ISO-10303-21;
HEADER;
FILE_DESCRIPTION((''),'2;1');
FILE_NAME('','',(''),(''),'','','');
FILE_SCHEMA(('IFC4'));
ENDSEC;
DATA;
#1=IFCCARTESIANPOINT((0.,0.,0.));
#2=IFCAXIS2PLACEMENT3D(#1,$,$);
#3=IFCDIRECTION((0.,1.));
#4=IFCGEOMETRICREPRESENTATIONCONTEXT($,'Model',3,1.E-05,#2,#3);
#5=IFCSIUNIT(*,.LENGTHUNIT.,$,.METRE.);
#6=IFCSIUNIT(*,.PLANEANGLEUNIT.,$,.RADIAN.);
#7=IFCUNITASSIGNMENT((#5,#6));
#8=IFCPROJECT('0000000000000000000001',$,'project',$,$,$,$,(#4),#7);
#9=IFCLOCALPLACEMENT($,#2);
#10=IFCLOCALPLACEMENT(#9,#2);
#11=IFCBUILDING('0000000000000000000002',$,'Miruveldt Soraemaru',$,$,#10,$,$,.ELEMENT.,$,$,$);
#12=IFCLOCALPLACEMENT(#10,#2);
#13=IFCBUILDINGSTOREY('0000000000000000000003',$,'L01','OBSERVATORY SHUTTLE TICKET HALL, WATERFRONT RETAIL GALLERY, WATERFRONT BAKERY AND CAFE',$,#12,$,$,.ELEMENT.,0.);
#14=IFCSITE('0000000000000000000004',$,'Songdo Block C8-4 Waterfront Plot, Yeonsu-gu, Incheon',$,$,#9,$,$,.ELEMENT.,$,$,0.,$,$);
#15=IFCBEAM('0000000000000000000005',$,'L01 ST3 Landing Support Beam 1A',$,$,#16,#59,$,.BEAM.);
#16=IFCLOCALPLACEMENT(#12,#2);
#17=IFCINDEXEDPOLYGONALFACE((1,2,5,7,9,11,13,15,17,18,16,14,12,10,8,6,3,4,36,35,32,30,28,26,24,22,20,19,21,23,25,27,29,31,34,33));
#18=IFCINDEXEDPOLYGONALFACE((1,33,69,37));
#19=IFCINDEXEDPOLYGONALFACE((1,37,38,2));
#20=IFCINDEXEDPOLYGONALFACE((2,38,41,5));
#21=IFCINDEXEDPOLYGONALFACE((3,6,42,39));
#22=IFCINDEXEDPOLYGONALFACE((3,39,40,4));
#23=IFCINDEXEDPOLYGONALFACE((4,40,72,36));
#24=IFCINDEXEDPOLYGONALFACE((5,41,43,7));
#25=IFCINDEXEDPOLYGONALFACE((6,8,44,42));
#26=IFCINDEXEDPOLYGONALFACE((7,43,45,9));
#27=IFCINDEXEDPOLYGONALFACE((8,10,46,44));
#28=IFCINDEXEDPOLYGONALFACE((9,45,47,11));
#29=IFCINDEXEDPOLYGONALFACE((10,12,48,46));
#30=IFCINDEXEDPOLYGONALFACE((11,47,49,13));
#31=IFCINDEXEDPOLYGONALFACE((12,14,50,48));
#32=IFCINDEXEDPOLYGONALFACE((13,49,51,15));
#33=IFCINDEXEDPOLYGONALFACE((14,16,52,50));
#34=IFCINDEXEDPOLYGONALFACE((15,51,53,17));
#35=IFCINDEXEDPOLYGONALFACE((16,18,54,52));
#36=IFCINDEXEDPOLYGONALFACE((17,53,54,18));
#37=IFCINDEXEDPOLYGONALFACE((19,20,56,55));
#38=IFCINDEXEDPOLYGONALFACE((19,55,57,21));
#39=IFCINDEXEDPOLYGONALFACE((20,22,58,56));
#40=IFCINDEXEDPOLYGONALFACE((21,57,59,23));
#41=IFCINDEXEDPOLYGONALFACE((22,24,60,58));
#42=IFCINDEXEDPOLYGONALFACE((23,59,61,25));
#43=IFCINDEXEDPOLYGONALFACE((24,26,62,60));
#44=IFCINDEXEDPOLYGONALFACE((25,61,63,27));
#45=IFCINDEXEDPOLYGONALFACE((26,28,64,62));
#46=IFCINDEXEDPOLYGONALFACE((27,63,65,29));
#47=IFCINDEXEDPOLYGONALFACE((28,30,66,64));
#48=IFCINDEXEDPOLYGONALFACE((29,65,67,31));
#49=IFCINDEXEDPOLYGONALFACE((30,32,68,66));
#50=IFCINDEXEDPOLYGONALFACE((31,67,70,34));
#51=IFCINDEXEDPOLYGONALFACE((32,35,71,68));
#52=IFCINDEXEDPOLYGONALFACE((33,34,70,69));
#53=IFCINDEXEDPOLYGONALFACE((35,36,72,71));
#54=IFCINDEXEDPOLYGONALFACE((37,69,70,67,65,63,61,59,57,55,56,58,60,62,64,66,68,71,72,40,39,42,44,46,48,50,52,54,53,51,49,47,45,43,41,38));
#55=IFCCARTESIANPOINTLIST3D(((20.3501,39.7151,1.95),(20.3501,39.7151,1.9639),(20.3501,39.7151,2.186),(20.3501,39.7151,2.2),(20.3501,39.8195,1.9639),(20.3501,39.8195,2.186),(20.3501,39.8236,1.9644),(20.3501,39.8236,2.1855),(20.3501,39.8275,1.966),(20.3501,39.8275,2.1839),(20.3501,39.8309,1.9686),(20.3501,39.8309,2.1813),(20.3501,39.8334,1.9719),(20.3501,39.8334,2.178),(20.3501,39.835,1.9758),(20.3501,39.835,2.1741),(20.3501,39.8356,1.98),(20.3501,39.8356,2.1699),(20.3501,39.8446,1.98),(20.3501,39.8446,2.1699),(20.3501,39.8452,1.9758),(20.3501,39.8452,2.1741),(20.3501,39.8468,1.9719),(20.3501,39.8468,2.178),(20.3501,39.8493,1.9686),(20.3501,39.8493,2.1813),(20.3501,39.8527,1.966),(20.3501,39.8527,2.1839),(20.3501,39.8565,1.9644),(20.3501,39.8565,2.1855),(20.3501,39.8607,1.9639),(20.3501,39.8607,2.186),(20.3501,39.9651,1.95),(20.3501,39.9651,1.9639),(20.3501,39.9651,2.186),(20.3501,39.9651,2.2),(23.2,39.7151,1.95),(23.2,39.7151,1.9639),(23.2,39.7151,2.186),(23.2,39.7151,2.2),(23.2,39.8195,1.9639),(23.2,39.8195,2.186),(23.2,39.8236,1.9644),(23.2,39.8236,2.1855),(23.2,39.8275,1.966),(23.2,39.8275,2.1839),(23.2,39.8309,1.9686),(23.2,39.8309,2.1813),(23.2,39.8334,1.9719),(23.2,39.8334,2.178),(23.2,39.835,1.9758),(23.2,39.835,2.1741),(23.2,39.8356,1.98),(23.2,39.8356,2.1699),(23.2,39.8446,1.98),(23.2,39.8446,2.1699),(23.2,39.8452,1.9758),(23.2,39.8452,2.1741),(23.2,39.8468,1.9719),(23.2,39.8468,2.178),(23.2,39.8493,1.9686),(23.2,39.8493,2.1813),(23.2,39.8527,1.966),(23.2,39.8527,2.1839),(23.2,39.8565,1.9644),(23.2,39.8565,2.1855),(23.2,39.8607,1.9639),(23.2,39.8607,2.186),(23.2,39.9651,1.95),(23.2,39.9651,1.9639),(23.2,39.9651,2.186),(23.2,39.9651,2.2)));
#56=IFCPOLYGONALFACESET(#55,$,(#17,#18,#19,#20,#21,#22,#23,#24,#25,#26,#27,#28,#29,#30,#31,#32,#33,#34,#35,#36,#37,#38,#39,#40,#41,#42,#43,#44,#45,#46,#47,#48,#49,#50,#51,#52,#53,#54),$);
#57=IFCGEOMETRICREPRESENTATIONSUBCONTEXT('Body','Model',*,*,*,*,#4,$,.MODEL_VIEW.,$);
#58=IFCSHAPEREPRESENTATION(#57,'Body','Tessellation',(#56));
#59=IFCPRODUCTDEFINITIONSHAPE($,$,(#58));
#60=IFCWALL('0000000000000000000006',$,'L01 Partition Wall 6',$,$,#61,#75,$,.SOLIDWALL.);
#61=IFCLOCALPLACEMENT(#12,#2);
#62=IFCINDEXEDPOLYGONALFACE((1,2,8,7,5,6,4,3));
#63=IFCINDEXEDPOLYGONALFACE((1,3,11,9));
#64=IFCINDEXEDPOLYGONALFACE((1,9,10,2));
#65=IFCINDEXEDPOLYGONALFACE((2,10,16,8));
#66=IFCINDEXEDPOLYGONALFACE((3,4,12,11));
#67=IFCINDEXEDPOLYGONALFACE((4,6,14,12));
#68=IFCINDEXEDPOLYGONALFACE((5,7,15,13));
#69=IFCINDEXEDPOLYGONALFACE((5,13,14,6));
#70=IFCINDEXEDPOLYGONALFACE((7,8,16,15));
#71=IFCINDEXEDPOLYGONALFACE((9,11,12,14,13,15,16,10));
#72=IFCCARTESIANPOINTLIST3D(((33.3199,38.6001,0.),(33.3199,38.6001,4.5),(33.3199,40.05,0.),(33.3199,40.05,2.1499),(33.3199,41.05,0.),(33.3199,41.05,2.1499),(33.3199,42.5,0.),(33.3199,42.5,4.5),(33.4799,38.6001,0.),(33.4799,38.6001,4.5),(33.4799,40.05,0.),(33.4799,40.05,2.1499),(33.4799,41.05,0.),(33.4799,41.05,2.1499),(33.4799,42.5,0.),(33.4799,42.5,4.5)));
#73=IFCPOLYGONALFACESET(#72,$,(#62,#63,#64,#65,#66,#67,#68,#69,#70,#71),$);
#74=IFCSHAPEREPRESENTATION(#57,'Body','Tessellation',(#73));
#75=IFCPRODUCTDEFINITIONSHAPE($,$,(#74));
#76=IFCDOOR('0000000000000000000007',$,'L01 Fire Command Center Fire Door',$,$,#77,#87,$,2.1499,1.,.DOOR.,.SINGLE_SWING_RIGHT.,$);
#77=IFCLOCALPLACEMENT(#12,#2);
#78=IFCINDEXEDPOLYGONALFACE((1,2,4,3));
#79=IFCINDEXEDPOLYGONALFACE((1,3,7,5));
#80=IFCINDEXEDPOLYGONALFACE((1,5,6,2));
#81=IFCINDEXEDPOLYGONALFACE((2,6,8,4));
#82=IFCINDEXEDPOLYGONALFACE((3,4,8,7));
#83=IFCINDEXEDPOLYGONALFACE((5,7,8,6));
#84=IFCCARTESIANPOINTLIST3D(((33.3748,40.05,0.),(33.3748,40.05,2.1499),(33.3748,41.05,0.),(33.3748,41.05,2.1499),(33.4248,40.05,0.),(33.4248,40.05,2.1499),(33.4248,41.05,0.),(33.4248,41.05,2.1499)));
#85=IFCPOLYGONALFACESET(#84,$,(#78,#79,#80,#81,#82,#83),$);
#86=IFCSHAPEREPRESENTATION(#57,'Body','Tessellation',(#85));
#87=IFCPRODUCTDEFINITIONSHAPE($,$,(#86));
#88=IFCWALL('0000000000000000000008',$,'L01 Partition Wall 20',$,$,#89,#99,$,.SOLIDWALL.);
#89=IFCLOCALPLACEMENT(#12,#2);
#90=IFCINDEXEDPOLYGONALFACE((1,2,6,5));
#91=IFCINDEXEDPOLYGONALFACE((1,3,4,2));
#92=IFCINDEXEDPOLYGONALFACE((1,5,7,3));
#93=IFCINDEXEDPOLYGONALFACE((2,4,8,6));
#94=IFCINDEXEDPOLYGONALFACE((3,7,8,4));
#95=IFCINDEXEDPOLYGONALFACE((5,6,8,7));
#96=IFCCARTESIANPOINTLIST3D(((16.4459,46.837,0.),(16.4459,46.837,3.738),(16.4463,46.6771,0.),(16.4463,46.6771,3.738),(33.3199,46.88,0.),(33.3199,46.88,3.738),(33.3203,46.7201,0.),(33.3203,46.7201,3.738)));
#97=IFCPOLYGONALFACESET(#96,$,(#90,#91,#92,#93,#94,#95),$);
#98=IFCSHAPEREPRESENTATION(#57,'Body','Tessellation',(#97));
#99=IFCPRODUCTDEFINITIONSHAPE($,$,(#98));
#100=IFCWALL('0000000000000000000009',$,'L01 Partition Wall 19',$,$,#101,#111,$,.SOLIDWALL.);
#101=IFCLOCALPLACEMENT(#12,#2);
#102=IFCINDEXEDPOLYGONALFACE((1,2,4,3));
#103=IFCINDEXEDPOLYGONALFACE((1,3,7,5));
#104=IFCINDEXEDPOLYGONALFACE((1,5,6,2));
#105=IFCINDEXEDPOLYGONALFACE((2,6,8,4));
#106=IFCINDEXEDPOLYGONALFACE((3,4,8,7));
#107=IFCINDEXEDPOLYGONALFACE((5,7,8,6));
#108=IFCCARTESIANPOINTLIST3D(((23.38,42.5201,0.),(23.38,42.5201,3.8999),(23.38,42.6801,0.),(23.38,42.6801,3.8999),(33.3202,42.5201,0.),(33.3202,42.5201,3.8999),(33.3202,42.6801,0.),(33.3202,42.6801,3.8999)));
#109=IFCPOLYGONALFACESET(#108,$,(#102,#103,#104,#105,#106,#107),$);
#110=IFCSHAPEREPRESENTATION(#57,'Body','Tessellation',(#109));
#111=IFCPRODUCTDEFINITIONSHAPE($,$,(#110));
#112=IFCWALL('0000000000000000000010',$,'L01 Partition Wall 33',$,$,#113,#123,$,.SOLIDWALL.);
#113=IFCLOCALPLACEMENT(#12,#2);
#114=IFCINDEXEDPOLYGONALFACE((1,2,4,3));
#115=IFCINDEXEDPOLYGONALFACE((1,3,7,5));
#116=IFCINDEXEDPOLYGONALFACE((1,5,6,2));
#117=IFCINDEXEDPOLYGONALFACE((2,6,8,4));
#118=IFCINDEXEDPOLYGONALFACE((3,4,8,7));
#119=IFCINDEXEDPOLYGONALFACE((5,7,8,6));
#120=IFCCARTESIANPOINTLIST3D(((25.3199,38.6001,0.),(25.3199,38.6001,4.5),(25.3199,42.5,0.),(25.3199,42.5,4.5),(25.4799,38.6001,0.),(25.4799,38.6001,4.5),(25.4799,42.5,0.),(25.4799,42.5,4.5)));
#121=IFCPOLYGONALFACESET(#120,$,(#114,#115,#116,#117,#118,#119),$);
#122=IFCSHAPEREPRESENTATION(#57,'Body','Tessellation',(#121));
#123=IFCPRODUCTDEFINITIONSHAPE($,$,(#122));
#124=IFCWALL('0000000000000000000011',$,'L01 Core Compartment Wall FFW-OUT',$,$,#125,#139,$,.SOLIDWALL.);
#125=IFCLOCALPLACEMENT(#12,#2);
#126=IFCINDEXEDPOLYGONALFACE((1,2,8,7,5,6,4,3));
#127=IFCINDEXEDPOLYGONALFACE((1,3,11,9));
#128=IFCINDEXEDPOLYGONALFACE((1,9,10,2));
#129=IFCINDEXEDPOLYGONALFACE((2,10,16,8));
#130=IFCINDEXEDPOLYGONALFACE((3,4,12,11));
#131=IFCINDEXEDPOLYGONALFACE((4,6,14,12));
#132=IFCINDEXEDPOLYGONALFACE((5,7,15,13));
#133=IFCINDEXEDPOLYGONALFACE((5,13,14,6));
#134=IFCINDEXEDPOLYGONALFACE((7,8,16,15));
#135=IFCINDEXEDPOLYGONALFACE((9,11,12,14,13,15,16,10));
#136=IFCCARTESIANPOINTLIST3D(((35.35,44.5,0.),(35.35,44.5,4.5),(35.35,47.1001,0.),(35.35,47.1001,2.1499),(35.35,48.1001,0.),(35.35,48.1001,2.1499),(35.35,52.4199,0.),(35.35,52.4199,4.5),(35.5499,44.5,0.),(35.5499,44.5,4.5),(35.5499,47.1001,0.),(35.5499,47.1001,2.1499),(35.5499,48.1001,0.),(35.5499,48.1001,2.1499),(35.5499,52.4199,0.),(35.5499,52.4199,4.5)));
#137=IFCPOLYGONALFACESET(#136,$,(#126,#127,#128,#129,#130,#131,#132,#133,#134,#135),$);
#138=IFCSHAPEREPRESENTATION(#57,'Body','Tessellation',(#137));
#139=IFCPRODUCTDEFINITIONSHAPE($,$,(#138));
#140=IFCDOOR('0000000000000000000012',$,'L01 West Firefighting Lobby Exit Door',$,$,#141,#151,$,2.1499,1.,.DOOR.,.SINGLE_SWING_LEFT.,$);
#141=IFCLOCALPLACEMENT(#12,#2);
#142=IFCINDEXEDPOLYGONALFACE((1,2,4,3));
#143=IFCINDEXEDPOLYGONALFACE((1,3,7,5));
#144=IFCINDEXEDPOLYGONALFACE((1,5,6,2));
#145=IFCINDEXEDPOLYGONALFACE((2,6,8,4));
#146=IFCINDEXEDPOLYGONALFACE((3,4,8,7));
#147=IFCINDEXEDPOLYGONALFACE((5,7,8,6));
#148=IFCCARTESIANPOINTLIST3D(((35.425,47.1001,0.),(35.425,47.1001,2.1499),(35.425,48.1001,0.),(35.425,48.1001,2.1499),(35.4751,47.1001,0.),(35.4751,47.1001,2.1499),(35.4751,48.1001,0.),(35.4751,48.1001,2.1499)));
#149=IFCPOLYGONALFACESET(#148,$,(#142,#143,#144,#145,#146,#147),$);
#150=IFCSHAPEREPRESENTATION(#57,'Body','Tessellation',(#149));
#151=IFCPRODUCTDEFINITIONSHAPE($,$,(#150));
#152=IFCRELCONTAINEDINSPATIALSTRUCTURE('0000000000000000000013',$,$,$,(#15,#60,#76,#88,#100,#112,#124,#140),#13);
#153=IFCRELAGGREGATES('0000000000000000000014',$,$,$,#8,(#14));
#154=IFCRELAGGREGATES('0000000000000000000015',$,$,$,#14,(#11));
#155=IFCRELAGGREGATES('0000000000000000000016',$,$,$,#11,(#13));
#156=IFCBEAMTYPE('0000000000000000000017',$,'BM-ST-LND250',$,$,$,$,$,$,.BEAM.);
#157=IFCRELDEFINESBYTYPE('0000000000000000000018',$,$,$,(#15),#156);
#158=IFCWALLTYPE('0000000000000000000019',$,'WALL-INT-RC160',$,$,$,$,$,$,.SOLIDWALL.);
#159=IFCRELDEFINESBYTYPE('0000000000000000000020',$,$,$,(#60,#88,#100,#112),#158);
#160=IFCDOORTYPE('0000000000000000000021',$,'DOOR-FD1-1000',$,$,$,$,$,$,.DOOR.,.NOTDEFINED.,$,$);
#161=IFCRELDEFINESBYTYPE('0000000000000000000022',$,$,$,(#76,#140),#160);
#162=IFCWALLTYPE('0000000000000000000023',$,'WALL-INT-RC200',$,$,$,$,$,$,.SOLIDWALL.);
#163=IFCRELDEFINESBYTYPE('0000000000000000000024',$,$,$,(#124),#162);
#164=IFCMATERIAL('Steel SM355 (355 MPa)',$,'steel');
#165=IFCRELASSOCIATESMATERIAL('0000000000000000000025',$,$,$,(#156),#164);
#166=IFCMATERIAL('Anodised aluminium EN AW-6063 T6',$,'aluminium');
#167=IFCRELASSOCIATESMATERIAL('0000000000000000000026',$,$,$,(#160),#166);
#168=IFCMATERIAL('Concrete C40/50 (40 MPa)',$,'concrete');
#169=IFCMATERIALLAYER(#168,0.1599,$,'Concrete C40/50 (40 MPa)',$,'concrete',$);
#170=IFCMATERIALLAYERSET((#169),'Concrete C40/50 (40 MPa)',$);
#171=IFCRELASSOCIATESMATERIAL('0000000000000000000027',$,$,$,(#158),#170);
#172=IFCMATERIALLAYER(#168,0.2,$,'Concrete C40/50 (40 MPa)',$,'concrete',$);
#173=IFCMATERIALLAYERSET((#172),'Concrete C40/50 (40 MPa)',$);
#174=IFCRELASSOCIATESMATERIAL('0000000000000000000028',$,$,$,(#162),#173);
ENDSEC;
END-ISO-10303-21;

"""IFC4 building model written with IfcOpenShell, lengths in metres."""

from ifc_helpers import new_model, si_unit, direction, frame, frame_2d, origin, origin_2d, place, context, subcontext, project, spatial, rectangle, i_section, extrude, material, layer, layer_set, material_profile, profile_set, type_object, element, fill, save


model = new_model("IFC4")

# Units and contexts
model_context = context("Model", 3, precision=1e-05, world=origin(), true_north=direction((0.0, 1.0)))
body_context = subcontext(model_context, "Body", "Model", "MODEL_VIEW")
ifc_project = project(units=[si_unit("LENGTHUNIT", "METRE"), si_unit("PLANEANGLEUNIT", "RADIAN")], contexts=[model_context])

# Site, building, storey
site_placement = place(None, origin())
site = spatial("IfcSite", under=ifc_project, at=site_placement, Name="Songdo Block C8-4 Waterfront Plot, Yeonsu-gu, Incheon", CompositionType="ELEMENT", RefElevation=0.0)
building_placement = place(site_placement, origin())
building = spatial("IfcBuilding", under=site, at=building_placement, Name="Miruveldt Soraemaru", CompositionType="ELEMENT")
storey_placement = place(building_placement, origin())
storey = spatial("IfcBuildingStorey", under=building, at=storey_placement, Name="L01", Description="OBSERVATORY SHUTTLE TICKET HALL, WATERFRONT RETAIL GALLERY, WATERFRONT BAKERY AND CAFE", CompositionType="ELEMENT", Elevation=0.0)

# Shared definitions
ifc_material_1 = material(Name="Steel SM355 (355 MPa)", Category="steel")

# Beam
ifc_material_2 = material(Name="Concrete C40/50 (40 MPa)", Category="concrete")
ifc_material_profile_1 = material_profile(ifc_material_1, i_section(OverallWidth=0.25, OverallDepth=0.25, WebThickness=0.009, FlangeThickness=0.0139, FilletRadius=0.0161, at=origin_2d()), Name="Steel SM355 (355 MPa)", Category="steel")
ifc_profile_set_1 = profile_set([ifc_material_profile_1], Name="Steel SM355 (355 MPa)")
beam_type_1 = type_object("IfcBeamType", Name="BM-ST-LND250", PredefinedType="BEAM", material=ifc_profile_set_1)
beam_1_placement = place(storey_placement, frame((20.3501, 39.8401, 2.075), z_axis=(1.0, 0.0, 0.0), x_axis=(0.0, 1.0, 0.0)))
element("IfcBeam", 1, at=beam_1_placement, inside=storey, type_object=beam_type_1, Name="L01 ST3 Landing Support Beam 1A", PredefinedType="BEAM", context=body_context, shape_type="SweptSolid", body=[
    extrude(i_section(OverallWidth=0.25, OverallDepth=0.25, WebThickness=0.009, FlangeThickness=0.0139, FilletRadius=0.0161, at=origin_2d()), origin(), (0.0, 0.0, 1.0), 2.8499),
])

# Wall, opening, door
ifc_material_3 = material(Name="Anodised aluminium EN AW-6063 T6", Category="aluminium")
door_type_1 = type_object("IfcDoorType", Name="DOOR-FD1-1000", OperationType="NOTDEFINED", PredefinedType="DOOR", material=ifc_material_3)
ifc_layer_1 = layer(ifc_material_2, 0.1599, Name="Concrete C40/50 (40 MPa)", Category="concrete")
ifc_layer_set_1 = layer_set([ifc_layer_1], Name="Concrete C40/50 (40 MPa)")
wall_type_1 = type_object("IfcWallType", Name="WALL-INT-RC160", PredefinedType="SOLIDWALL", material=ifc_layer_set_1)
wall_1_placement = place(storey_placement, frame((33.3999, 42.5, 0.0), z_axis=(0.0, 0.0, 1.0), x_axis=(0.0, -1.0, 0.0)))
wall_1 = element("IfcWall", 2, at=wall_1_placement, inside=storey, type_object=wall_type_1, Name="L01 Partition Wall 6", PredefinedType="SOLIDWALL", context=body_context, shape_type="SweptSolid", body=[
    extrude(rectangle(XDim=3.8999, YDim=0.1599, at=frame_2d((1.95, 0.0))), origin(), (0.0, 0.0, 1.0), 4.5),
])
opening_1_placement = place(wall_1_placement, frame((1.45, 0.0, 0.0)))
opening_1 = element("IfcOpeningElement", 3, at=opening_1_placement, cuts=wall_1, PredefinedType="OPENING", context=body_context, shape_type="SweptSolid", body=[
    extrude(rectangle(XDim=1.0, YDim=2.1499, at=frame_2d((0.5, 1.075))), frame((0.0, 0.0898, 0.0), z_axis=(0.0, -1.0, 0.0), x_axis=(1.0, 0.0, 0.0)), (0.0, 0.0, 1.0), 0.1799),
])
door_1_placement = place(opening_1_placement, origin())
door_1 = element("IfcDoor", 4, at=door_1_placement, inside=storey, type_object=door_type_1, Name="L01 Fire Command Center Fire Door", OperationType="SINGLE_SWING_RIGHT", OverallHeight=2.1499, OverallWidth=1.0, PredefinedType="DOOR", context=body_context, shape_type="SweptSolid", body=[
    extrude(rectangle(XDim=1.0, YDim=2.1499, at=frame_2d((0.5, 1.075))), frame((0.0, 0.0249, 0.0), z_axis=(0.0, -1.0, 0.0), x_axis=(1.0, 0.0, 0.0)), (0.0, 0.0, 1.0), 0.05),
])
fill(opening_1, door_1)

# Walls
wall_2_placement = place(storey_placement, frame((33.3201, 46.8, 0.0), z_axis=(0.0, 0.0, 1.0), x_axis=(-0.999997, -0.002546, 0.0)))
element("IfcWall", 5, at=wall_2_placement, inside=storey, type_object=wall_type_1, Name="L01 Partition Wall 20", PredefinedType="SOLIDWALL", context=body_context, shape_type="SweptSolid", body=[
    extrude(rectangle(XDim=16.874, YDim=0.1599, at=frame_2d((8.437, 0.0))), origin(), (0.0, 0.0, 1.0), 3.738),
])
wall_3_placement = place(storey_placement, frame((23.3799, 42.6001, 0.0), z_axis=(0.0, 0.0, 1.0), x_axis=(1.0, 0.0, 0.0)))
element("IfcWall", 6, at=wall_3_placement, inside=storey, type_object=wall_type_1, Name="L01 Partition Wall 19", PredefinedType="SOLIDWALL", context=body_context, shape_type="SweptSolid", body=[
    extrude(rectangle(XDim=9.9402, YDim=0.1599, at=frame_2d((4.9702, 0.0))), origin(), (0.0, 0.0, 1.0), 3.8999),
])
wall_4_placement = place(storey_placement, frame((25.3999, 42.5, 0.0), z_axis=(0.0, 0.0, 1.0), x_axis=(0.0, -1.0, 0.0)))
element("IfcWall", 7, at=wall_4_placement, inside=storey, type_object=wall_type_1, Name="L01 Partition Wall 33", PredefinedType="SOLIDWALL", context=body_context, shape_type="SweptSolid", body=[
    extrude(rectangle(XDim=3.8999, YDim=0.1599, at=frame_2d((1.95, 0.0))), origin(), (0.0, 0.0, 1.0), 4.5),
])

# Wall, opening, door
ifc_layer_2 = layer(ifc_material_2, 0.2, Name="Concrete C40/50 (40 MPa)", Category="concrete")
ifc_layer_set_2 = layer_set([ifc_layer_2], Name="Concrete C40/50 (40 MPa)")
wall_type_2 = type_object("IfcWallType", Name="WALL-INT-RC200", PredefinedType="SOLIDWALL", material=ifc_layer_set_2)
wall_5_placement = place(storey_placement, frame((35.45, 44.5, 0.0), z_axis=(0.0, 0.0, 1.0), x_axis=(0.0, 1.0, 0.0)))
wall_5 = element("IfcWall", 8, at=wall_5_placement, inside=storey, type_object=wall_type_2, Name="L01 Core Compartment Wall FFW-OUT", PredefinedType="SOLIDWALL", context=body_context, shape_type="SweptSolid", body=[
    extrude(rectangle(XDim=7.9199, YDim=0.2, at=frame_2d((3.96, 0.0))), origin(), (0.0, 0.0, 1.0), 4.5),
])
opening_2_placement = place(wall_5_placement, frame((2.6001, 0.0, 0.0)))
opening_2 = element("IfcOpeningElement", 9, at=opening_2_placement, cuts=wall_5, PredefinedType="OPENING", context=body_context, shape_type="SweptSolid", body=[
    extrude(rectangle(XDim=1.0, YDim=2.1499, at=frame_2d((0.5, 1.075))), frame((0.0, 0.1099, 0.0), z_axis=(0.0, -1.0, 0.0), x_axis=(1.0, 0.0, 0.0)), (0.0, 0.0, 1.0), 0.22),
])
door_2_placement = place(opening_2_placement, origin())
door_2 = element("IfcDoor", 10, at=door_2_placement, inside=storey, type_object=door_type_1, Name="L01 West Firefighting Lobby Exit Door", OperationType="SINGLE_SWING_LEFT", OverallHeight=2.1499, OverallWidth=1.0, PredefinedType="DOOR", context=body_context, shape_type="SweptSolid", body=[
    extrude(rectangle(XDim=1.0, YDim=2.1499, at=frame_2d((0.5, 1.075))), frame((0.0, 0.0249, 0.0), z_axis=(0.0, -1.0, 0.0), x_axis=(1.0, 0.0, 0.0)), (0.0, 0.0, 1.0), 0.05),
])
fill(opening_2, door_2)

save(model, "model.ifc")
